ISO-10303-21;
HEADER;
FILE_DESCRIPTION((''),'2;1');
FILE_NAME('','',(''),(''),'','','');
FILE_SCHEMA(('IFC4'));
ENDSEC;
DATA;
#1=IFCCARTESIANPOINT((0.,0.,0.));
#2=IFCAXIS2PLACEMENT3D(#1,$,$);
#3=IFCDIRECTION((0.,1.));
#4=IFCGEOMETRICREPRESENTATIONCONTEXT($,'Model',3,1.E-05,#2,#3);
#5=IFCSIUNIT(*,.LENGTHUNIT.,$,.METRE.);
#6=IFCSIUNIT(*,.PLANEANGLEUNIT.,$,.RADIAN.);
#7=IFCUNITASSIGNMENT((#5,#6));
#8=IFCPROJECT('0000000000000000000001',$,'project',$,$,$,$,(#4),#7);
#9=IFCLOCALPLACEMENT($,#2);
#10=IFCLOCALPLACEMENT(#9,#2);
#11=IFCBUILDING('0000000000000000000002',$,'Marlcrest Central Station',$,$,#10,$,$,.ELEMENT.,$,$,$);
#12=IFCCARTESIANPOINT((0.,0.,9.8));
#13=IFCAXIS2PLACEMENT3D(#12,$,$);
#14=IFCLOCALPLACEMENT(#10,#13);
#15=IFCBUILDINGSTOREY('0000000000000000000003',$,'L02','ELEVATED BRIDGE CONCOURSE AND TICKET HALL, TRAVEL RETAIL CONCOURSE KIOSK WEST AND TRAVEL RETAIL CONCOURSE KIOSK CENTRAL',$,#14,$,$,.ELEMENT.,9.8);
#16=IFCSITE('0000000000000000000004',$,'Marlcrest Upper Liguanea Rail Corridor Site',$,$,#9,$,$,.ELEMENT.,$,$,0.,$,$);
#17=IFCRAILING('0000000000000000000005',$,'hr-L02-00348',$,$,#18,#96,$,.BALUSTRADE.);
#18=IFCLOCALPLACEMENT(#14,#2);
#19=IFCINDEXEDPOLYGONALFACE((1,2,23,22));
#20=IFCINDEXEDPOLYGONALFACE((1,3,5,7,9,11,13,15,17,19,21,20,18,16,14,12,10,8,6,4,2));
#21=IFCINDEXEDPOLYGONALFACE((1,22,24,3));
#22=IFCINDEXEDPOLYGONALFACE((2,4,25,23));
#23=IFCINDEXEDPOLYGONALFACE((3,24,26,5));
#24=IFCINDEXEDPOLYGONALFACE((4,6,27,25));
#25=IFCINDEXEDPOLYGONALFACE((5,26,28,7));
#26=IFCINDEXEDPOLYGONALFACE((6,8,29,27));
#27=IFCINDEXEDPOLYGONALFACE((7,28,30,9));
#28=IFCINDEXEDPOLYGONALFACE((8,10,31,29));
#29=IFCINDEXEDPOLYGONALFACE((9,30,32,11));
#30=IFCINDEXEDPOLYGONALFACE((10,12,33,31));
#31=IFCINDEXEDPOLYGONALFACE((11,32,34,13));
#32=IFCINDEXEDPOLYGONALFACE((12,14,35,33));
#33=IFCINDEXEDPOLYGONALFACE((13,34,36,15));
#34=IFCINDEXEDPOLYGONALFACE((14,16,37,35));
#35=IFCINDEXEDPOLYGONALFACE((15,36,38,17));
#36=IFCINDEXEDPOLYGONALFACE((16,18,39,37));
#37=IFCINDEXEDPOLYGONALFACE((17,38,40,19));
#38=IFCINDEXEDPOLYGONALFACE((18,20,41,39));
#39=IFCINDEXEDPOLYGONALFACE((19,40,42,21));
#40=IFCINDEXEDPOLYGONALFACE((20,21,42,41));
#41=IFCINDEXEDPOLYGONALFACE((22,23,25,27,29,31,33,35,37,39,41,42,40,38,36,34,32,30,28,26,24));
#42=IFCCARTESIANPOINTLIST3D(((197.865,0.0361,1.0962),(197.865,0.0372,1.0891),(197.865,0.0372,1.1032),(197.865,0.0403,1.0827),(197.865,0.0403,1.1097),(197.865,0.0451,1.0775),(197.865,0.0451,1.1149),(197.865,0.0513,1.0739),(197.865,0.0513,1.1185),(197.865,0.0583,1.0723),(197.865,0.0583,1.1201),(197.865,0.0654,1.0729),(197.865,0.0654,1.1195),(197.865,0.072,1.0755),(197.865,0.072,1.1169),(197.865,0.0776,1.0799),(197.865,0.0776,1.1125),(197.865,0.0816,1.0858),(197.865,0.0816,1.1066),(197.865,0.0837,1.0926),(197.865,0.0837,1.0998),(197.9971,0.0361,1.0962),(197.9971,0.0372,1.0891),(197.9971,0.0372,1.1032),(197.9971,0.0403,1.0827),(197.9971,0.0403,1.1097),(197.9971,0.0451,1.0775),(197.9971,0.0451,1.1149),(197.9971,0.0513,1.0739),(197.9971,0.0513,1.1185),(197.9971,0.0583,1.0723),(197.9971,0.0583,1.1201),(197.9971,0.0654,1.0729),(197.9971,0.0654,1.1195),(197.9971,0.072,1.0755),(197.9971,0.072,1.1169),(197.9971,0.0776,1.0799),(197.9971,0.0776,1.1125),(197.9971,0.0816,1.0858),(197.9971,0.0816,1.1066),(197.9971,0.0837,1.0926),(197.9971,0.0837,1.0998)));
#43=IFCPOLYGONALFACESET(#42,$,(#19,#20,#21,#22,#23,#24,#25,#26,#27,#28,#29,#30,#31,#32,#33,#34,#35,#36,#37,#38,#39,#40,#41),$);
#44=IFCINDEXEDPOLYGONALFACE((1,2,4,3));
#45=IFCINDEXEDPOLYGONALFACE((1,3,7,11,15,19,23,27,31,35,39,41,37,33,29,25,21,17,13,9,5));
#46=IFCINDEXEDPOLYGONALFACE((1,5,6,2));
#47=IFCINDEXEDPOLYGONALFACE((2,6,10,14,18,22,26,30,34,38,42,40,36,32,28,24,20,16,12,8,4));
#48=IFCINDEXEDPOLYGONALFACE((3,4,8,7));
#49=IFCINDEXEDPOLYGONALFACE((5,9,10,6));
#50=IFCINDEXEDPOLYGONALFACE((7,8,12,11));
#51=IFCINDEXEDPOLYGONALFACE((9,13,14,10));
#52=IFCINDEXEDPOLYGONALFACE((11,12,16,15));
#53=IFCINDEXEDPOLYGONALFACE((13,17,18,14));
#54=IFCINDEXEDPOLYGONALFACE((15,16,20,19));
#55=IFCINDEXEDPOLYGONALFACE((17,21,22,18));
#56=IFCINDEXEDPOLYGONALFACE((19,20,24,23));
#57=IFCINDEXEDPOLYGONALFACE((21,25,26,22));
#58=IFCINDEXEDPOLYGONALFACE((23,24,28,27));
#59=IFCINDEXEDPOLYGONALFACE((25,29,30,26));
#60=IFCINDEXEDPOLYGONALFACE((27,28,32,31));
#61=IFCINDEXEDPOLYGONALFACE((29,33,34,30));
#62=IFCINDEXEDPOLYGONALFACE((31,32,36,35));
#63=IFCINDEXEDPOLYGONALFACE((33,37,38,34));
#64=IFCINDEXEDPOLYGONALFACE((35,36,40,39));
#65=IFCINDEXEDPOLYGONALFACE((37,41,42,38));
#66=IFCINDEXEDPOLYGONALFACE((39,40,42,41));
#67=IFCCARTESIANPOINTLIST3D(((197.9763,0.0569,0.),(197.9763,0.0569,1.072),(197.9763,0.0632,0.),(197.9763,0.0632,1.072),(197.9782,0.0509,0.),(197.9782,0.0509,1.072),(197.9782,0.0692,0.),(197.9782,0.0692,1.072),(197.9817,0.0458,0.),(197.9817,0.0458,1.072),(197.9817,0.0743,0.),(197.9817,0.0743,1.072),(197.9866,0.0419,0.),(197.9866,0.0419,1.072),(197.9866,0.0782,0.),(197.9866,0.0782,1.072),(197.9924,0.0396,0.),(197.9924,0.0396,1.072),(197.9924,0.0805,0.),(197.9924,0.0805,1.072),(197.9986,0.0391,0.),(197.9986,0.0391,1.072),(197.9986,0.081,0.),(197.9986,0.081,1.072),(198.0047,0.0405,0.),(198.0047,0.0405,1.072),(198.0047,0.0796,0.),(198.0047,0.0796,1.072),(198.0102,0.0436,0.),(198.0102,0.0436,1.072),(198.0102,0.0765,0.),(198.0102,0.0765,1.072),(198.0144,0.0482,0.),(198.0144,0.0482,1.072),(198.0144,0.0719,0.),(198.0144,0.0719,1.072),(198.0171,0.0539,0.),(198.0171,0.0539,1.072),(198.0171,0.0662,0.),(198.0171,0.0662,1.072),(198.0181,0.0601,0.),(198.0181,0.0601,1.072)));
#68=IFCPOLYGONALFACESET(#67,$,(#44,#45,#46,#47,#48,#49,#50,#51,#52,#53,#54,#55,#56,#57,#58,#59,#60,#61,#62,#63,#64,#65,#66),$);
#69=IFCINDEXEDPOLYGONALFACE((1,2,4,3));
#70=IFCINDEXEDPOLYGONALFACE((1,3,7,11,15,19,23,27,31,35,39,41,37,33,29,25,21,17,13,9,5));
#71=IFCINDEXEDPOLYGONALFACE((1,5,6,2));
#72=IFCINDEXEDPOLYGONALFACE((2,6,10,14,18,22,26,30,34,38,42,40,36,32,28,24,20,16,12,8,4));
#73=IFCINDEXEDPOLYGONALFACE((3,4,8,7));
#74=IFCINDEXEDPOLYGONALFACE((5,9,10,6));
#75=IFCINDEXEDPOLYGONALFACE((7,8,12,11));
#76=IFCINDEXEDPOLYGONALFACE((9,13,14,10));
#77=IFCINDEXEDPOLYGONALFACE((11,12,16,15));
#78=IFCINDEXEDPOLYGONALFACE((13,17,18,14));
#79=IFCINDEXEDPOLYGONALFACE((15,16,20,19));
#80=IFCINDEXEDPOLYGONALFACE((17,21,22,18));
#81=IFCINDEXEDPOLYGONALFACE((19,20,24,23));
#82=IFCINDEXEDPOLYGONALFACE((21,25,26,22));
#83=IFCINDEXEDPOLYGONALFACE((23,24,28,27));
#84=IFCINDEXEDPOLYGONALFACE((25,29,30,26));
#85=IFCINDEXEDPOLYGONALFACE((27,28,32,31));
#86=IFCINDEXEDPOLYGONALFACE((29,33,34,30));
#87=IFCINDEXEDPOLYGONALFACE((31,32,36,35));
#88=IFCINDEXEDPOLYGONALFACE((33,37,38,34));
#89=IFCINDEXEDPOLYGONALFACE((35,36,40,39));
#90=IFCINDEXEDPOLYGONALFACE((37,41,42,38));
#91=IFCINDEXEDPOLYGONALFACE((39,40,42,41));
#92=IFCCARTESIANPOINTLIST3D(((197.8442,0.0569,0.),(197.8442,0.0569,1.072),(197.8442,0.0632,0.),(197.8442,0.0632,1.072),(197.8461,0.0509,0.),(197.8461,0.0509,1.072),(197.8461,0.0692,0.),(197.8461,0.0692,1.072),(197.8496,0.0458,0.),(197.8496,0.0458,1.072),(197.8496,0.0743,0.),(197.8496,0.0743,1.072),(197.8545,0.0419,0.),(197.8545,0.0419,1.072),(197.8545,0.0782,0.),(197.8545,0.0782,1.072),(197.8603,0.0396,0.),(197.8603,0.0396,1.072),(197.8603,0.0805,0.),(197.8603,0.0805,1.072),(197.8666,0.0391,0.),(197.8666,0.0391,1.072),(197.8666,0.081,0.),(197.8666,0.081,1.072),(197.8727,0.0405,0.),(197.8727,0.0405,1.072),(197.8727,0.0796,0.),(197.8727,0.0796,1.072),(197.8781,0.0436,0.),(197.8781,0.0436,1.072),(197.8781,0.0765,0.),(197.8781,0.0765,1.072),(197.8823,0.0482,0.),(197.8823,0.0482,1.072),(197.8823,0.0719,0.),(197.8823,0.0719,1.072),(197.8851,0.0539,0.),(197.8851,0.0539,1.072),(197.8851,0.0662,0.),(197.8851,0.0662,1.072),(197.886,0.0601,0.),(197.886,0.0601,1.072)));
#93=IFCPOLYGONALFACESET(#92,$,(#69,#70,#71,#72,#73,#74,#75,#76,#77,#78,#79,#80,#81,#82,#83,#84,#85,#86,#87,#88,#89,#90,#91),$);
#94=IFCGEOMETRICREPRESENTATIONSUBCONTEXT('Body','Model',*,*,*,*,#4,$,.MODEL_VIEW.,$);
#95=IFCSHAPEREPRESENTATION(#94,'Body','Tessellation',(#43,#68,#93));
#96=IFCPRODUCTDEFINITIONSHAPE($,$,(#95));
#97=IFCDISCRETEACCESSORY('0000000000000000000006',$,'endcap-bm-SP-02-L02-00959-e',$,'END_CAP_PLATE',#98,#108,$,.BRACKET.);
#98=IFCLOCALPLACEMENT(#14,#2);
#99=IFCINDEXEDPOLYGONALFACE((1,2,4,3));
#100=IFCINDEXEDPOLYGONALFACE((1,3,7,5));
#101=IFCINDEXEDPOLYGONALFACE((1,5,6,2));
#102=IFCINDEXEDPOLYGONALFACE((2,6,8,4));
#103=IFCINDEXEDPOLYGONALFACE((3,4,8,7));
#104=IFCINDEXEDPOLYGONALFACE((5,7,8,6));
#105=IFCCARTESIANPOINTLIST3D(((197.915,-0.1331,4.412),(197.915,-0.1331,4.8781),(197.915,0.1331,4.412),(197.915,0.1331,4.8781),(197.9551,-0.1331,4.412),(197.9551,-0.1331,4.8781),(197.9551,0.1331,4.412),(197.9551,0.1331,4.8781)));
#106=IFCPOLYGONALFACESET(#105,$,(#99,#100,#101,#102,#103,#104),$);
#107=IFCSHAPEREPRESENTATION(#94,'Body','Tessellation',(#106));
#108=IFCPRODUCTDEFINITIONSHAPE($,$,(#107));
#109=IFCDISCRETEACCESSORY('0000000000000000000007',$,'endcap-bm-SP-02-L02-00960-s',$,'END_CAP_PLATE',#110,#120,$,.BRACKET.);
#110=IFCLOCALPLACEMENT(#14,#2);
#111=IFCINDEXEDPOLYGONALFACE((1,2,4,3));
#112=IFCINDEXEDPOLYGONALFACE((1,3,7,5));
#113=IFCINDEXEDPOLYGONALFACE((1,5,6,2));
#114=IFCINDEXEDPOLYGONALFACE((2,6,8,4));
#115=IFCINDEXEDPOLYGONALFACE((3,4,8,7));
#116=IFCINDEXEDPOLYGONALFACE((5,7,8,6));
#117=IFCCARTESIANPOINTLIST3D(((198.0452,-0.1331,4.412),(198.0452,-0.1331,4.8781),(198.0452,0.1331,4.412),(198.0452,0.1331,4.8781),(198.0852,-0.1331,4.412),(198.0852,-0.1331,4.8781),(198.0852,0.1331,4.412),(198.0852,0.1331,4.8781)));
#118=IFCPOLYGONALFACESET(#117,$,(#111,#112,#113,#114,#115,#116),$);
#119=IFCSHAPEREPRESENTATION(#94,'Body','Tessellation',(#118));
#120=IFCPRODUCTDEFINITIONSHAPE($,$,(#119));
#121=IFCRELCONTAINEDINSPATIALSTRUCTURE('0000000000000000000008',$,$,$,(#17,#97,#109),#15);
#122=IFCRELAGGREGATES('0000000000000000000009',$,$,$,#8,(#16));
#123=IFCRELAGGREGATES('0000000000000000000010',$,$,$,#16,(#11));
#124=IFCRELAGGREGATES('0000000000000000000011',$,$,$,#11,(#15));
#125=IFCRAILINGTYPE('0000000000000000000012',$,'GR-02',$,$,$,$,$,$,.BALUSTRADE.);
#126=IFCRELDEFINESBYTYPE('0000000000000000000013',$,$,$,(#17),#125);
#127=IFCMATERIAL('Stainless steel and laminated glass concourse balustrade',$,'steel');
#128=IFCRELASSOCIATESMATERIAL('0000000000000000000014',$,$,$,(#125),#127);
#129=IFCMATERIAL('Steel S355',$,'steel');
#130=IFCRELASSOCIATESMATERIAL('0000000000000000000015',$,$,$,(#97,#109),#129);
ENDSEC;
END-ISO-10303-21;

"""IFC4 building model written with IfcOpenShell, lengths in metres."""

from ifc_helpers import new_model, si_unit, direction, frame, origin, origin_2d, place, context, subcontext, project, spatial, rectangle, circle, extrude, material, type_object, element, save


model = new_model("IFC4")

# Units and contexts
model_context = context("Model", 3, precision=1e-05, world=origin(), true_north=direction((0.0, 1.0)))
body_context = subcontext(model_context, "Body", "Model", "MODEL_VIEW")
ifc_project = project(units=[si_unit("LENGTHUNIT", "METRE"), si_unit("PLANEANGLEUNIT", "RADIAN")], contexts=[model_context])

# Site, building, storey
site_placement = place(None, origin())
site = spatial("IfcSite", under=ifc_project, at=site_placement, Name="Marlcrest Upper Liguanea Rail Corridor Site", CompositionType="ELEMENT", RefElevation=0.0)
building_placement = place(site_placement, origin())
building = spatial("IfcBuilding", under=site, at=building_placement, Name="Marlcrest Central Station", CompositionType="ELEMENT")
storey_placement = place(building_placement, frame((0.0, 0.0, 9.8)))
storey = spatial("IfcBuildingStorey", under=building, at=storey_placement, Name="L02", Description="ELEVATED BRIDGE CONCOURSE AND TICKET HALL, TRAVEL RETAIL CONCOURSE KIOSK WEST AND TRAVEL RETAIL CONCOURSE KIOSK CENTRAL", CompositionType="ELEMENT", Elevation=9.8)

# Shared definitions
ifc_material_1 = material(Name="Steel S355", Category="steel")

# Railing
ifc_material_2 = material(Name="Stainless steel and laminated glass concourse balustrade", Category="steel")
railing_type = type_object("IfcRailingType", Name="GR-02", PredefinedType="BALUSTRADE", material=ifc_material_2)
railing_placement = place(storey_placement, frame((197.9971, 0.0601, 0.0)))
element("IfcRailing", 1, at=railing_placement, inside=storey, type_object=railing_type, Name="hr-L02-00348", PredefinedType="BALUSTRADE", context=body_context, shape_type="SweptSolid", body=[
    extrude(circle(Radius=0.0239, at=origin_2d()), frame((0.0, 0.0, 1.0962), z_axis=(-1.0, 0.0, 0.0), x_axis=(0.0, -1.0, 0.0)), (0.0, 0.0, 1.0), 0.1321),
    extrude(circle(Radius=0.021, at=origin_2d()), origin(), (0.0, 0.0, 1.0), 1.072),
    extrude(circle(Radius=0.021, at=origin_2d()), frame((-0.1321, 0.0, 0.0)), (0.0, 0.0, 1.0), 1.072),
])

# Discrete accessories
for number, where, z_axis, x_axis, name in (
    (2, (197.915, 0.0, 4.645), (1.0, 0.0, 0.0), (0.0, 1.0, 0.0), "endcap-bm-SP-02-L02-00959-e"),
    (3, (198.0452, 0.0, 4.645), (1.0, 0.0, 0.0), (0.0, 1.0, 0.0), "endcap-bm-SP-02-L02-00960-s"),
):
    element("IfcDiscreteAccessory", number, at=place(storey_placement, frame(where, z_axis=z_axis, x_axis=x_axis)), inside=storey, material=ifc_material_1, Name=name, ObjectType="END_CAP_PLATE", PredefinedType="BRACKET", context=body_context, shape_type="SweptSolid", body=[
        extrude(rectangle(XDim=0.2661, YDim=0.4661, at=origin_2d()), origin(), (0.0, 0.0, 1.0), 0.04),
    ])

save(model, "model.ifc")
